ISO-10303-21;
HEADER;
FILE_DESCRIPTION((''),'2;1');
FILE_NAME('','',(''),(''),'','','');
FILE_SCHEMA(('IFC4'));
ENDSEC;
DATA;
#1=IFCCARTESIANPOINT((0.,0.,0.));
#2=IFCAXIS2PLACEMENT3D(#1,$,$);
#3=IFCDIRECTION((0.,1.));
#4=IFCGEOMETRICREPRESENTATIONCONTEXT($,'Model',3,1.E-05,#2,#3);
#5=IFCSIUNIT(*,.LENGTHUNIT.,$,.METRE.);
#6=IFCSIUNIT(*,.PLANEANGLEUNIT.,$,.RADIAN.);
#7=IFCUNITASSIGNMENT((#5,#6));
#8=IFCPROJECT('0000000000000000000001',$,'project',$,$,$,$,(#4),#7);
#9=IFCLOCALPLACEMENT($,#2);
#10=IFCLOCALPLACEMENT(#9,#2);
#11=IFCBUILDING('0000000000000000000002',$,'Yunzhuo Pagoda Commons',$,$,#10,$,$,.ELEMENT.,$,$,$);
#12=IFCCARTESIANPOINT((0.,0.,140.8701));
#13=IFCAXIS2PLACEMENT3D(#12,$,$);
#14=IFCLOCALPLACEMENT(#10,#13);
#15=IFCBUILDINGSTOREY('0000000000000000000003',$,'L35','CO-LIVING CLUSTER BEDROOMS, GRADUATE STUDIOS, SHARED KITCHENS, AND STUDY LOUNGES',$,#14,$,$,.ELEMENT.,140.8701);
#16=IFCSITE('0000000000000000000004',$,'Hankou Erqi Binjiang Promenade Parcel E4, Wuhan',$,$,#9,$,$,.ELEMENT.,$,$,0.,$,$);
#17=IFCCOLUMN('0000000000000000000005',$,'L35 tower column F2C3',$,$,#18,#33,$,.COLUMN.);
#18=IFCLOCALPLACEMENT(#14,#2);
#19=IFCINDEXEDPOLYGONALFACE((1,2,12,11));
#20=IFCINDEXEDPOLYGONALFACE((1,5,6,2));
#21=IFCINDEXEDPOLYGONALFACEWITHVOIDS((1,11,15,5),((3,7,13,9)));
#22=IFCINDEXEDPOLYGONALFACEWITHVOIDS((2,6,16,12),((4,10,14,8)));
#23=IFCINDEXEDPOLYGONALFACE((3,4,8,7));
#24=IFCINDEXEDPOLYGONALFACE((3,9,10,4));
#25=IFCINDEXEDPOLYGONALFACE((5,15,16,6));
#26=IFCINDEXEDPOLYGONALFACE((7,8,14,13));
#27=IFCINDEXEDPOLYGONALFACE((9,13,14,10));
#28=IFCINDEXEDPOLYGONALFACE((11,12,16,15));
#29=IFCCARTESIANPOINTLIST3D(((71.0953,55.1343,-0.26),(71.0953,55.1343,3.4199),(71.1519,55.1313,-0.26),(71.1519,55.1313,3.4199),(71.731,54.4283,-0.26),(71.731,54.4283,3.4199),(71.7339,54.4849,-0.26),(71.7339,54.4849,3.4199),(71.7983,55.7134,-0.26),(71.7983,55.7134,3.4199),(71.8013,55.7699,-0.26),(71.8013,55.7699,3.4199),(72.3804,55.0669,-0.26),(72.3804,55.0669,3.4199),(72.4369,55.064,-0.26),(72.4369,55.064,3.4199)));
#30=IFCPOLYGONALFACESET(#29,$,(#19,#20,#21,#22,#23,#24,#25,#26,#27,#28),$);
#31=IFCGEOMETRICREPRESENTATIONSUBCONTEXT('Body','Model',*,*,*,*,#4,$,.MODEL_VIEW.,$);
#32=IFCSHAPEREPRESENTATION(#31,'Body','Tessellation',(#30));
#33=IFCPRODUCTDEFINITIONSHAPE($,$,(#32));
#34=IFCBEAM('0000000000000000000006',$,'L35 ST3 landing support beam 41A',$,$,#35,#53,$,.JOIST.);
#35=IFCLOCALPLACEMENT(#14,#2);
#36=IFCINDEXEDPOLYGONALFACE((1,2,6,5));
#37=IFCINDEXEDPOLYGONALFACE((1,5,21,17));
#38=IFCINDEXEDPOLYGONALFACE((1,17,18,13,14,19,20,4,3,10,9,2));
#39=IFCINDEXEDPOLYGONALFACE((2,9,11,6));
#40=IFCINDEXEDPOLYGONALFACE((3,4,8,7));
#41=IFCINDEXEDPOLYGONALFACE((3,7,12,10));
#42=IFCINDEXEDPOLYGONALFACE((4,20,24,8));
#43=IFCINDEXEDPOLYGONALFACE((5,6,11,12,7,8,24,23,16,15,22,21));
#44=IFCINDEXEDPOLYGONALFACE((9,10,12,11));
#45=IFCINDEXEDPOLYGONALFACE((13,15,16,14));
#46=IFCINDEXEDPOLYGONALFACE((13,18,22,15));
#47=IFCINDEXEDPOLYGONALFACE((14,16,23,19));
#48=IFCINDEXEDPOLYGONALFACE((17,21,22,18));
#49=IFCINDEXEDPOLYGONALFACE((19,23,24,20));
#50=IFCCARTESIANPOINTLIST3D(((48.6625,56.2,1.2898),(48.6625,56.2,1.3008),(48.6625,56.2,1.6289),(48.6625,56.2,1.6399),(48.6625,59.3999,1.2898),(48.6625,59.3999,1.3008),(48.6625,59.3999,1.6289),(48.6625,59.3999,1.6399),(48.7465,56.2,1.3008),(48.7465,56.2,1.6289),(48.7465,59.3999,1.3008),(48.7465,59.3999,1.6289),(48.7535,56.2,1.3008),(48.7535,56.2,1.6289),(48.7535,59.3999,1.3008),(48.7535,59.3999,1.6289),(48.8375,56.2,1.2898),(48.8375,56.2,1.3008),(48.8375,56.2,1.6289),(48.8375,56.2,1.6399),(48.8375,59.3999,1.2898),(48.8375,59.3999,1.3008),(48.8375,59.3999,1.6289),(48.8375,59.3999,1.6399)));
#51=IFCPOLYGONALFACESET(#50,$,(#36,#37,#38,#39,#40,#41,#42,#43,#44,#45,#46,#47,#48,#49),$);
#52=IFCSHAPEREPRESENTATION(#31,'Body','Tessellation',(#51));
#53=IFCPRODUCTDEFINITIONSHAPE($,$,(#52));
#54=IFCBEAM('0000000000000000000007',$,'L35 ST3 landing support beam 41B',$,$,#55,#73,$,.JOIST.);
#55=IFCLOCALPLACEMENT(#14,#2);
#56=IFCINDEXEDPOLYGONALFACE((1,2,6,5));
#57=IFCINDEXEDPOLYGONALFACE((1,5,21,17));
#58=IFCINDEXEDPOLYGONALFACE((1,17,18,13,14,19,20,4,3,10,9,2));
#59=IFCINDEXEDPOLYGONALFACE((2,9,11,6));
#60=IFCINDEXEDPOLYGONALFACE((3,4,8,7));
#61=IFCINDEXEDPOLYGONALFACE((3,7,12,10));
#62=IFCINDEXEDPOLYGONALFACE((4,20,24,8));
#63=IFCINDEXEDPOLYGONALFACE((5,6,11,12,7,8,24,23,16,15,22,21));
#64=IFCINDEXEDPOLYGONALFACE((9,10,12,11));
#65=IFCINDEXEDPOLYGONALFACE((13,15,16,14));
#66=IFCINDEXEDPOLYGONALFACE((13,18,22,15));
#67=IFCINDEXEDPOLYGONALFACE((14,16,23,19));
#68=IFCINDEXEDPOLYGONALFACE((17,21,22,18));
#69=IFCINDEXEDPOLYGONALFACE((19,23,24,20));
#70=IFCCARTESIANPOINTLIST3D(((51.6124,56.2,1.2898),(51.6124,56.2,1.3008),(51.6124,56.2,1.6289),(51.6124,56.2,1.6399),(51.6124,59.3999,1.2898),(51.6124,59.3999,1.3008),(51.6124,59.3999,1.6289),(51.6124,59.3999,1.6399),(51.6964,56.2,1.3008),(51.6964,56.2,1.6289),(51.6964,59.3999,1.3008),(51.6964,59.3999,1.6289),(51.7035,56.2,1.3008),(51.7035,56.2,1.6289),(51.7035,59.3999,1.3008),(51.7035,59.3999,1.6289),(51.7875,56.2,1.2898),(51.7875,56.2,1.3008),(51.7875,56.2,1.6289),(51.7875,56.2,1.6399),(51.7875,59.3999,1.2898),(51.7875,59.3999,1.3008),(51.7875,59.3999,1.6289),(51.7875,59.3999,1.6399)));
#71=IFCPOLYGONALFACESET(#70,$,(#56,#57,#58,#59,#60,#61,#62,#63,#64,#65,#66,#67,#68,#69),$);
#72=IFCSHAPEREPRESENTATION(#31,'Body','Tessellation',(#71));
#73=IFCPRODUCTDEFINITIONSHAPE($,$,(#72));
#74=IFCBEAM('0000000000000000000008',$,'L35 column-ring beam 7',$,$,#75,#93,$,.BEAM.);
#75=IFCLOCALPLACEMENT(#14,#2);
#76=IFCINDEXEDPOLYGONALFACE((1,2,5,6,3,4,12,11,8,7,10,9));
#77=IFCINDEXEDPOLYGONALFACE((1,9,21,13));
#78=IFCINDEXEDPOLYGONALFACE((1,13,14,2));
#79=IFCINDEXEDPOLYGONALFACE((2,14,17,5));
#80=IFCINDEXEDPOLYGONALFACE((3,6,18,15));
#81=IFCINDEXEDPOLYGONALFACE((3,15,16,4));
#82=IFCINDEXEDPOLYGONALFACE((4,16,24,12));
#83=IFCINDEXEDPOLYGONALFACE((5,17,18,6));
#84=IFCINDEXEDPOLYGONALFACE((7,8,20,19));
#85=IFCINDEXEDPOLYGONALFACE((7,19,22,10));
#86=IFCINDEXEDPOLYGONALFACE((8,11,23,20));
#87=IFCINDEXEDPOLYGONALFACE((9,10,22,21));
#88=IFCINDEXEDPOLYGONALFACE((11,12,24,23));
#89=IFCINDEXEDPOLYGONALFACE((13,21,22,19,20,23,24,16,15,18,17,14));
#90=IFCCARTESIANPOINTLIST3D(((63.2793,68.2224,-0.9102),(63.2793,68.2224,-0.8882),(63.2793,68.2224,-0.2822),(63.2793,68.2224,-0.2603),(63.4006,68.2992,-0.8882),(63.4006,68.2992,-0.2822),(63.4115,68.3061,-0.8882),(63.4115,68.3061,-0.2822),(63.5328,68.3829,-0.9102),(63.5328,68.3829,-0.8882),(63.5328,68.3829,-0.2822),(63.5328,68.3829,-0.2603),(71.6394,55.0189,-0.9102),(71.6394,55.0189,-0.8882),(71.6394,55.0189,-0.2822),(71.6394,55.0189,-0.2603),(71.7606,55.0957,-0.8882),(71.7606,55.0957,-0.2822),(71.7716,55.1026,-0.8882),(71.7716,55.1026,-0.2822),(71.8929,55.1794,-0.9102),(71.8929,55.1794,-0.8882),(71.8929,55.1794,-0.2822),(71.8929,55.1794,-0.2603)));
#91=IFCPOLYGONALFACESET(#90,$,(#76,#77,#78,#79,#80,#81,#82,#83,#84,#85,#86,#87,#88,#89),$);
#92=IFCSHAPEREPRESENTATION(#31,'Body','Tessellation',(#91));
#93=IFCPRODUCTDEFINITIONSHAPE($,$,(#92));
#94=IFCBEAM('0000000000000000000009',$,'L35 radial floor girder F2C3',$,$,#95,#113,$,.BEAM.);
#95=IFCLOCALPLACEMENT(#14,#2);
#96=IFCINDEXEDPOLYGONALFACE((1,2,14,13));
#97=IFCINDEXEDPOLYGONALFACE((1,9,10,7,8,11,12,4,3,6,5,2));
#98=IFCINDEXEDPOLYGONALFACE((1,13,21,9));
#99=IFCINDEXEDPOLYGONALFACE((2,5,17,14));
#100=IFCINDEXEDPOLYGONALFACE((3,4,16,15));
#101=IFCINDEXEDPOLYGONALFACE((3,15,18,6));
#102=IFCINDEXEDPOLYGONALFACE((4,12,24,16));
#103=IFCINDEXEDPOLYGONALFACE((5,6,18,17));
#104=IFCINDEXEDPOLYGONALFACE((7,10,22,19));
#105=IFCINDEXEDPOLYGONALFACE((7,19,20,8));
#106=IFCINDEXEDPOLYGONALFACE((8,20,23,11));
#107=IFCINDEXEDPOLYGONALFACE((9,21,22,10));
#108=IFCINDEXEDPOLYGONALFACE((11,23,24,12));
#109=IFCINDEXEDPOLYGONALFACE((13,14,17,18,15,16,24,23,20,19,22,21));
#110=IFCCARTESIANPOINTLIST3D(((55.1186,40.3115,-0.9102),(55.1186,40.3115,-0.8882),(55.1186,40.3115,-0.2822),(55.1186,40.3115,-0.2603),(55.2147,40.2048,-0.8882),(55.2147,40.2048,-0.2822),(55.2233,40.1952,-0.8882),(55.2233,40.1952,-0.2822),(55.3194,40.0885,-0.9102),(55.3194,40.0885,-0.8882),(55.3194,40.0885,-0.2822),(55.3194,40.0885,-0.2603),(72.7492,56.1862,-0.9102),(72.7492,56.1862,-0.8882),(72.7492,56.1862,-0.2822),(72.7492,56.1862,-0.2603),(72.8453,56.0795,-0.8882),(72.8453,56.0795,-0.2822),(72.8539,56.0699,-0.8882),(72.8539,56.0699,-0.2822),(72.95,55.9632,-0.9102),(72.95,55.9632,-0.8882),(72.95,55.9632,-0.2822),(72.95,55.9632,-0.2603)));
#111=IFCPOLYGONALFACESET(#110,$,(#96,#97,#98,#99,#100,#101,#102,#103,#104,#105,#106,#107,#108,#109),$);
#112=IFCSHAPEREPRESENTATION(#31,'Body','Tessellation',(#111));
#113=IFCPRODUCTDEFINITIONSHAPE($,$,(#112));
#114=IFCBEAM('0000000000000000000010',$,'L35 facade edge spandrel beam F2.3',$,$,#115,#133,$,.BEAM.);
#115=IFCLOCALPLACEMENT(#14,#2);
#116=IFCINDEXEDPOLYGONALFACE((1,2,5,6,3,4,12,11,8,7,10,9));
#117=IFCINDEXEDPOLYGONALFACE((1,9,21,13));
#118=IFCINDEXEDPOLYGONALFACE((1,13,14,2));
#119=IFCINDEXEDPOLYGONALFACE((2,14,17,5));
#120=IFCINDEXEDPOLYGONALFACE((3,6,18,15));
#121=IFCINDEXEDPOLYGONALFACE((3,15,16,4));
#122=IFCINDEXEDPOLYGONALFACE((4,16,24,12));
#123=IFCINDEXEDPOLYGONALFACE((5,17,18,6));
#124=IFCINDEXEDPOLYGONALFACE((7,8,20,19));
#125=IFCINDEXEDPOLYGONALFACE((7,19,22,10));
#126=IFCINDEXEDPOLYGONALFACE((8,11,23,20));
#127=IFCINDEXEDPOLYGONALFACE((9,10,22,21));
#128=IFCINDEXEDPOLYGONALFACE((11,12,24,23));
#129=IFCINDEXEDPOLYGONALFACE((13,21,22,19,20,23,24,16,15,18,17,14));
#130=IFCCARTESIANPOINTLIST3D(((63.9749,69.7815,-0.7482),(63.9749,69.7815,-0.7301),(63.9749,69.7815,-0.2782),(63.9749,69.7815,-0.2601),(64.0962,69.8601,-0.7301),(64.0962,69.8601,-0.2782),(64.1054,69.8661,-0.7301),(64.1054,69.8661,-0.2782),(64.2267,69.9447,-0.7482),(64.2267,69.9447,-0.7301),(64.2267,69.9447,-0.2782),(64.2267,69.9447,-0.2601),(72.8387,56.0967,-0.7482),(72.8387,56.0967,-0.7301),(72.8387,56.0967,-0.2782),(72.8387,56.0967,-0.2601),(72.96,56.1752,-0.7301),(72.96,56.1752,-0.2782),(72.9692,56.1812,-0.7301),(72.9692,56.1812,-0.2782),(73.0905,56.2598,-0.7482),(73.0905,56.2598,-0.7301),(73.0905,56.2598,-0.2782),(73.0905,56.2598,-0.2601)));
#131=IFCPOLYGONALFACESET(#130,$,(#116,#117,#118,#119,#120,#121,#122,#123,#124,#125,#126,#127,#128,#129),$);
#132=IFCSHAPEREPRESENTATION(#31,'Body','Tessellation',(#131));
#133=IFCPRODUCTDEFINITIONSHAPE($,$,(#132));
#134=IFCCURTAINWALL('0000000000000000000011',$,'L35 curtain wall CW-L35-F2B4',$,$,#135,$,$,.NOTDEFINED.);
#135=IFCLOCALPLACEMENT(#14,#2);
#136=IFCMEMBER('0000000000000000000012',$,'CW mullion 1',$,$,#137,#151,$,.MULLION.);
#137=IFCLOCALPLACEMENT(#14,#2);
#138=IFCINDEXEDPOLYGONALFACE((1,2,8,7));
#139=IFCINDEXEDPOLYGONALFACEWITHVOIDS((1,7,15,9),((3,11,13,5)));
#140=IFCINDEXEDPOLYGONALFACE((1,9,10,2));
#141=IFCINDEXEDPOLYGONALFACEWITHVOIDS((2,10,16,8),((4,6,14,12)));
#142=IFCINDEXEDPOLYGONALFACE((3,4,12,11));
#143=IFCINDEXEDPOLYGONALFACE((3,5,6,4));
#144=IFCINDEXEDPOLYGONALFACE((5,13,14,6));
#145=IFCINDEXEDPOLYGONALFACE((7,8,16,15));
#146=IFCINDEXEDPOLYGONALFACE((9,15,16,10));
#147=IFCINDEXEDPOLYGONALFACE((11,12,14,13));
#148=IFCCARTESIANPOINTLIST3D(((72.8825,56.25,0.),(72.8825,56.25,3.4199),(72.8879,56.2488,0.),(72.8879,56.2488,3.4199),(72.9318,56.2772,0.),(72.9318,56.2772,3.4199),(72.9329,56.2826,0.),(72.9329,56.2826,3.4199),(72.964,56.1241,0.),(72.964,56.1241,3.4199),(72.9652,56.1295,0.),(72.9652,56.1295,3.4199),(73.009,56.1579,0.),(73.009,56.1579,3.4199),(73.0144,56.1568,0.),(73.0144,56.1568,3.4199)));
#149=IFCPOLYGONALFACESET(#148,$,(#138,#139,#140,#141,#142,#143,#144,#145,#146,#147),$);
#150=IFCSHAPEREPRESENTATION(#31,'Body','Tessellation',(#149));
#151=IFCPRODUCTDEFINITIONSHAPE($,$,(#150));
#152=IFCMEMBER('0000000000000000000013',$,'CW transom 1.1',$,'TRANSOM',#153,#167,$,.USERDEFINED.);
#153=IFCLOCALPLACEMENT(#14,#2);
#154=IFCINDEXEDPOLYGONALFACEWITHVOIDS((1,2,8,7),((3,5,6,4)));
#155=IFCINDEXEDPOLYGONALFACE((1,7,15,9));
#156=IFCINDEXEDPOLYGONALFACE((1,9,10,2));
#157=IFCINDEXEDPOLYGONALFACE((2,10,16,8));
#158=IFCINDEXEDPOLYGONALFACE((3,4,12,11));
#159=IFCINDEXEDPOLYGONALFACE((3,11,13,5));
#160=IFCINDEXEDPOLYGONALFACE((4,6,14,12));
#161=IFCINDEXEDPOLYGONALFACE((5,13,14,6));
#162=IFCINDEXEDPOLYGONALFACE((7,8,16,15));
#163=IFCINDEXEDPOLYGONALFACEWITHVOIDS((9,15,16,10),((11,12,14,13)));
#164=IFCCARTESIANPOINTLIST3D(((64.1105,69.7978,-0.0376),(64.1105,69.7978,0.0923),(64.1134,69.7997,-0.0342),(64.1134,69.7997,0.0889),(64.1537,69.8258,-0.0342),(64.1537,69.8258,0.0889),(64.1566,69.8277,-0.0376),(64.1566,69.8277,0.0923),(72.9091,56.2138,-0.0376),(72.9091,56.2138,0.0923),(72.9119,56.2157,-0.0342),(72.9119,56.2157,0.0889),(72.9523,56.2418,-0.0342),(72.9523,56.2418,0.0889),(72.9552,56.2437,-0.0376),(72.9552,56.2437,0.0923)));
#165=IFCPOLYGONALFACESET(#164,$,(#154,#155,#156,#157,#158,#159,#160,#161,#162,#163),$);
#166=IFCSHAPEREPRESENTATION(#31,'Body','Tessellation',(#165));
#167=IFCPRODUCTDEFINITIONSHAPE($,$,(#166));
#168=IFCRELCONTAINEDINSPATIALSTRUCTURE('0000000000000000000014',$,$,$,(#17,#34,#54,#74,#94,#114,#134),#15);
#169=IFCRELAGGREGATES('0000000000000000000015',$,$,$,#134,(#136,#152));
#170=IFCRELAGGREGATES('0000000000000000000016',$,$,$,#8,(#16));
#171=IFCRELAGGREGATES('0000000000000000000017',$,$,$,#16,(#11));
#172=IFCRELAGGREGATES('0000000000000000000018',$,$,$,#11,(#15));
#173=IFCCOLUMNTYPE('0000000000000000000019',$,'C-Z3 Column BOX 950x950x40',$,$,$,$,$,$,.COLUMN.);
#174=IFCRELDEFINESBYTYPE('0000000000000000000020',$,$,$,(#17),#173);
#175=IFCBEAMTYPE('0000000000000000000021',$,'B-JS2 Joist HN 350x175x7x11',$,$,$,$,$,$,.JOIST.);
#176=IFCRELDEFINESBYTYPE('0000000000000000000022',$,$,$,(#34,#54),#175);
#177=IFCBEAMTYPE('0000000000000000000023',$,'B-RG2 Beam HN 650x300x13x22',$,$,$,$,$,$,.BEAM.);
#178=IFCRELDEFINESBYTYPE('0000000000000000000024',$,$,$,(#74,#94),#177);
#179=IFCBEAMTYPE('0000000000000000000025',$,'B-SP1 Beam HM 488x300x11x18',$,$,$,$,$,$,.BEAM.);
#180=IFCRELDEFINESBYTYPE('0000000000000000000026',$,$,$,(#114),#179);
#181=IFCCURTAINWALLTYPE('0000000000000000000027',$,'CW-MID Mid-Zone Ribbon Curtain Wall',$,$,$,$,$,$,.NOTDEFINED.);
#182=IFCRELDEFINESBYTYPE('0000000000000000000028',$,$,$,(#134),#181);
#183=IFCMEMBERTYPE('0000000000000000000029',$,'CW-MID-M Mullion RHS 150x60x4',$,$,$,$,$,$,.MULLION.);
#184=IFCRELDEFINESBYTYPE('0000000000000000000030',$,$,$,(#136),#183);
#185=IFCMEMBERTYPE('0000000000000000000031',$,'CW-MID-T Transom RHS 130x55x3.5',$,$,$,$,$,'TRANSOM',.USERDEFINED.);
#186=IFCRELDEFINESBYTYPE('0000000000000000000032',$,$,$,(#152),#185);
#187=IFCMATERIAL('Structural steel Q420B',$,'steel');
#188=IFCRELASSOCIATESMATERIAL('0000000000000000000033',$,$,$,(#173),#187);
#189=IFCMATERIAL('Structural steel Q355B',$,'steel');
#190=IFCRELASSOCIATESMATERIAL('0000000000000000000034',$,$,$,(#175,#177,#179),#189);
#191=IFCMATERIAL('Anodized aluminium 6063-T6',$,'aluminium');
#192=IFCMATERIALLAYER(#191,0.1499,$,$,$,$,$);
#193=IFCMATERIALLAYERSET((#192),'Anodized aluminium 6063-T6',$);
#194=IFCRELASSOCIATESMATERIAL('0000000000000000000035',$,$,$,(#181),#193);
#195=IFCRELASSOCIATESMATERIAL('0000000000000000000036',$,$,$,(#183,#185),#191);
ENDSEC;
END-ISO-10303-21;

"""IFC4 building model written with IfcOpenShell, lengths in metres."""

from ifc_helpers import new_model, si_unit, direction, frame, origin, origin_2d, place, context, subcontext, project, spatial, hollow_rectangle, i_section, extrude, source, transform, mapped, material, layer, layer_set, material_profile, profile_set, type_object, element, aggregate, save


model = new_model("IFC4")

# Units and contexts
model_context = context("Model", 3, precision=1e-05, world=origin(), true_north=direction((0.0, 1.0)))
body_context = subcontext(model_context, "Body", "Model", "MODEL_VIEW")
ifc_project = project(units=[si_unit("LENGTHUNIT", "METRE"), si_unit("PLANEANGLEUNIT", "RADIAN")], contexts=[model_context])

# Site, building, storey
site_placement = place(None, origin())
site = spatial("IfcSite", under=ifc_project, at=site_placement, Name="Hankou Erqi Binjiang Promenade Parcel E4, Wuhan", CompositionType="ELEMENT", RefElevation=0.0)
building_placement = place(site_placement, origin())
building = spatial("IfcBuilding", under=site, at=building_placement, Name="Yunzhuo Pagoda Commons", CompositionType="ELEMENT")
storey_placement = place(building_placement, frame((0.0, 0.0, 140.8701)))
storey = spatial("IfcBuildingStorey", under=building, at=storey_placement, Name="L35", Description="CO-LIVING CLUSTER BEDROOMS, GRADUATE STUDIOS, SHARED KITCHENS, AND STUDY LOUNGES", CompositionType="ELEMENT", Elevation=140.8701)

# Column
ifc_material_1 = material(Name="Structural steel Q420B", Category="steel")
ifc_material_profile_1 = material_profile(ifc_material_1, hollow_rectangle(XDim=0.95, YDim=0.95, WallThickness=0.04, at=origin_2d()), Name="Structural steel Q420B")
ifc_profile_set_1 = profile_set([ifc_material_profile_1], Name="Structural steel Q420B")
column_type = type_object("IfcColumnType", Name="C-Z3 Column BOX 950x950x40", PredefinedType="COLUMN", material=ifc_profile_set_1)
shared_shape_1 = source(origin(), body_context, "Body", "SweptSolid", [
    extrude(hollow_rectangle(XDim=0.95, YDim=0.95, WallThickness=0.04, at=origin_2d()), origin(), (0.0, 0.0, 1.0), 3.6799),
])
column_placement = place(storey_placement, frame((71.7661, 55.0991, -0.26), z_axis=(0.0, 0.0, 1.0), x_axis=(-0.669131, 0.743145, 0.0)))
element("IfcColumn", 1, at=column_placement, inside=storey, type_object=column_type, Name="L35 tower column F2C3", PredefinedType="COLUMN", context=body_context, shape_type="MappedRepresentation", body=[
    mapped(shared_shape_1, transform((0.0, 0.0, 0.0), scale=1.0)),
])

# Beams
ifc_material_2 = material(Name="Structural steel Q355B", Category="steel")
ifc_material_profile_2 = material_profile(ifc_material_2, i_section(OverallWidth=0.175, OverallDepth=0.3501, WebThickness=0.0071, FlangeThickness=0.011, at=origin_2d()), Name="Structural steel Q355B")
ifc_profile_set_2 = profile_set([ifc_material_profile_2], Name="Structural steel Q355B")
beam_type_1 = type_object("IfcBeamType", Name="B-JS2 Joist HN 350x175x7x11", PredefinedType="JOIST", material=ifc_profile_set_2)
shared_shape_2 = source(origin(), body_context, "Body", "SweptSolid", [
    extrude(i_section(OverallWidth=0.175, OverallDepth=0.3501, WebThickness=0.0071, FlangeThickness=0.011, at=origin_2d()), origin(), (0.0, 0.0, 1.0), 3.2),
])
for number, where, z_axis, x_axis, name in (
    (2, (48.75, 56.2, 1.4648), (0.0, 1.0, 0.0), (-1.0, 0.0, 0.0), "L35 ST3 landing support beam 41A"),
    (3, (51.7, 56.2, 1.4648), (0.0, 1.0, 0.0), (-1.0, 0.0, 0.0), "L35 ST3 landing support beam 41B"),
):
    element("IfcBeam", number, at=place(storey_placement, frame(where, z_axis=z_axis, x_axis=x_axis)), inside=storey, type_object=beam_type_1, Name=name, PredefinedType="JOIST", context=body_context, shape_type="MappedRepresentation", body=[
        mapped(shared_shape_2, transform((0.0, 0.0, 0.0), scale=1.0)),
    ])
ifc_material_profile_3 = material_profile(ifc_material_2, i_section(OverallWidth=0.3, OverallDepth=0.6499, WebThickness=0.0129, FlangeThickness=0.022, at=origin_2d()), Name="Structural steel Q355B")
ifc_profile_set_3 = profile_set([ifc_material_profile_3], Name="Structural steel Q355B")
beam_type_2 = type_object("IfcBeamType", Name="B-RG2 Beam HN 650x300x13x22", PredefinedType="BEAM", material=ifc_profile_set_3)
shared_shape_3 = source(origin(), body_context, "Body", "SweptSolid", [
    extrude(i_section(OverallWidth=0.3, OverallDepth=0.6499, WebThickness=0.0129, FlangeThickness=0.022, at=origin_2d()), origin(), (0.0, 0.0, 1.0), 15.6277),
])
beam_1_placement = place(storey_placement, frame((71.7661, 55.0991, -0.5852), z_axis=(-0.534952, 0.844882, 0.0), x_axis=(-0.844882, -0.534952, 0.0)))
element("IfcBeam", 4, at=beam_1_placement, inside=storey, type_object=beam_type_2, Name="L35 column-ring beam 7", PredefinedType="BEAM", context=body_context, shape_type="MappedRepresentation", body=[
    mapped(shared_shape_3, transform((0.0, 0.0, 0.0), scale=1.0)),
])
shared_shape_4 = source(origin(), body_context, "Body", "SweptSolid", [
    extrude(i_section(OverallWidth=0.3, OverallDepth=0.6499, WebThickness=0.0129, FlangeThickness=0.022, at=origin_2d()), origin(), (0.0, 0.0, 1.0), 23.7244),
])
beam_2_placement = place(storey_placement, frame((72.8496, 56.0747, -0.5852), z_axis=(-0.743143, -0.669132, 0.0), x_axis=(0.669132, -0.743143, 0.0)))
element("IfcBeam", 5, at=beam_2_placement, inside=storey, type_object=beam_type_2, Name="L35 radial floor girder F2C3", PredefinedType="BEAM", context=body_context, shape_type="MappedRepresentation", body=[
    mapped(shared_shape_4, transform((0.0, 0.0, 0.0), scale=1.0)),
])
ifc_material_profile_4 = material_profile(ifc_material_2, i_section(OverallWidth=0.3, OverallDepth=0.488, WebThickness=0.011, FlangeThickness=0.0181, at=origin_2d()), Name="Structural steel Q355B")
ifc_profile_set_4 = profile_set([ifc_material_profile_4], Name="Structural steel Q355B")
beam_type_3 = type_object("IfcBeamType", Name="B-SP1 Beam HM 488x300x11x18", PredefinedType="BEAM", material=ifc_profile_set_4)
shared_shape_5 = source(origin(), body_context, "Body", "SweptSolid", [
    extrude(i_section(OverallWidth=0.3, OverallDepth=0.488, WebThickness=0.011, FlangeThickness=0.0181, at=origin_2d()), origin(), (0.0, 0.0, 1.0), 16.3047),
])
beam_3_placement = place(storey_placement, frame((72.9646, 56.1782, -0.5042), z_axis=(-0.543636, 0.839321, 0.0), x_axis=(-0.839321, -0.543636, 0.0)))
element("IfcBeam", 6, at=beam_3_placement, inside=storey, type_object=beam_type_3, Name="L35 facade edge spandrel beam F2.3", PredefinedType="BEAM", context=body_context, shape_type="MappedRepresentation", body=[
    mapped(shared_shape_5, transform((0.0, 0.0, 0.0), scale=1.0)),
])

# Curtain wall, members
ifc_material_3 = material(Name="Anodized aluminium 6063-T6", Category="aluminium")
ifc_layer_1 = layer(ifc_material_3, 0.1499)
ifc_layer_set_1 = layer_set([ifc_layer_1], Name="Anodized aluminium 6063-T6")
curtain_wall_type = type_object("IfcCurtainWallType", Name="CW-MID Mid-Zone Ribbon Curtain Wall", PredefinedType="NOTDEFINED", material=ifc_layer_set_1)
curtain_wall_1_placement = place(storey_placement, origin())
curtain_wall_1 = element("IfcCurtainWall", 7, at=curtain_wall_1_placement, inside=storey, type_object=curtain_wall_type, Name="L35 curtain wall CW-L35-F2B4", PredefinedType="NOTDEFINED")
ifc_material_profile_5 = material_profile(ifc_material_3, hollow_rectangle(XDim=0.0601, YDim=0.1499, WallThickness=0.0039, at=origin_2d()), Name="Anodized aluminium 6063-T6")
ifc_profile_set_5 = profile_set([ifc_material_profile_5], Name="Anodized aluminium 6063-T6")
member_type_1 = type_object("IfcMemberType", Name="CW-MID-M Mullion RHS 150x60x4", PredefinedType="MULLION", material=ifc_profile_set_5)
shared_shape_6 = source(origin(), body_context, "Body", "SweptSolid", [
    extrude(hollow_rectangle(XDim=0.0601, YDim=0.1499, WallThickness=0.0039, at=origin_2d()), origin(), (0.0, 0.0, 1.0), 3.4199),
])
member_1_placement = place(storey_placement, frame((72.9485, 56.2034, 0.0), z_axis=(0.0, 0.0, 1.0), x_axis=(-0.83932, -0.543637, 0.0)))
member_1 = element("IfcMember", 8, at=member_1_placement, type_object=member_type_1, Name="CW mullion 1", PredefinedType="MULLION", context=body_context, shape_type="MappedRepresentation", body=[
    mapped(shared_shape_6, transform((0.0, 0.0, 0.0), scale=1.0)),
])
ifc_material_profile_6 = material_profile(ifc_material_3, hollow_rectangle(XDim=0.0549, YDim=0.1299, WallThickness=0.0034, at=origin_2d()), Name="Anodized aluminium 6063-T6")
ifc_profile_set_6 = profile_set([ifc_material_profile_6], Name="Anodized aluminium 6063-T6")
member_type_2 = type_object("IfcMemberType", Name="CW-MID-T Transom RHS 130x55x3.5", ElementType="TRANSOM", PredefinedType="USERDEFINED", material=ifc_profile_set_6)
shared_shape_7 = source(origin(), body_context, "Body", "SweptSolid", [
    extrude(hollow_rectangle(XDim=0.0549, YDim=0.1299, WallThickness=0.0034, at=origin_2d()), origin(), (0.0, 0.0, 1.0), 16.1846),
])
member_2_placement = place(storey_placement, frame((72.9321, 56.2288, 0.0273), z_axis=(-0.543641, 0.839318, 0.0), x_axis=(-0.839318, -0.543641, 0.0)))
member_2 = element("IfcMember", 9, at=member_2_placement, type_object=member_type_2, Name="CW transom 1.1", ObjectType="TRANSOM", PredefinedType="USERDEFINED", context=body_context, shape_type="MappedRepresentation", body=[
    mapped(shared_shape_7, transform((0.0, 0.0, 0.0), scale=1.0)),
])

aggregate(curtain_wall_1, [member_1, member_2])

save(model, "model.ifc")
